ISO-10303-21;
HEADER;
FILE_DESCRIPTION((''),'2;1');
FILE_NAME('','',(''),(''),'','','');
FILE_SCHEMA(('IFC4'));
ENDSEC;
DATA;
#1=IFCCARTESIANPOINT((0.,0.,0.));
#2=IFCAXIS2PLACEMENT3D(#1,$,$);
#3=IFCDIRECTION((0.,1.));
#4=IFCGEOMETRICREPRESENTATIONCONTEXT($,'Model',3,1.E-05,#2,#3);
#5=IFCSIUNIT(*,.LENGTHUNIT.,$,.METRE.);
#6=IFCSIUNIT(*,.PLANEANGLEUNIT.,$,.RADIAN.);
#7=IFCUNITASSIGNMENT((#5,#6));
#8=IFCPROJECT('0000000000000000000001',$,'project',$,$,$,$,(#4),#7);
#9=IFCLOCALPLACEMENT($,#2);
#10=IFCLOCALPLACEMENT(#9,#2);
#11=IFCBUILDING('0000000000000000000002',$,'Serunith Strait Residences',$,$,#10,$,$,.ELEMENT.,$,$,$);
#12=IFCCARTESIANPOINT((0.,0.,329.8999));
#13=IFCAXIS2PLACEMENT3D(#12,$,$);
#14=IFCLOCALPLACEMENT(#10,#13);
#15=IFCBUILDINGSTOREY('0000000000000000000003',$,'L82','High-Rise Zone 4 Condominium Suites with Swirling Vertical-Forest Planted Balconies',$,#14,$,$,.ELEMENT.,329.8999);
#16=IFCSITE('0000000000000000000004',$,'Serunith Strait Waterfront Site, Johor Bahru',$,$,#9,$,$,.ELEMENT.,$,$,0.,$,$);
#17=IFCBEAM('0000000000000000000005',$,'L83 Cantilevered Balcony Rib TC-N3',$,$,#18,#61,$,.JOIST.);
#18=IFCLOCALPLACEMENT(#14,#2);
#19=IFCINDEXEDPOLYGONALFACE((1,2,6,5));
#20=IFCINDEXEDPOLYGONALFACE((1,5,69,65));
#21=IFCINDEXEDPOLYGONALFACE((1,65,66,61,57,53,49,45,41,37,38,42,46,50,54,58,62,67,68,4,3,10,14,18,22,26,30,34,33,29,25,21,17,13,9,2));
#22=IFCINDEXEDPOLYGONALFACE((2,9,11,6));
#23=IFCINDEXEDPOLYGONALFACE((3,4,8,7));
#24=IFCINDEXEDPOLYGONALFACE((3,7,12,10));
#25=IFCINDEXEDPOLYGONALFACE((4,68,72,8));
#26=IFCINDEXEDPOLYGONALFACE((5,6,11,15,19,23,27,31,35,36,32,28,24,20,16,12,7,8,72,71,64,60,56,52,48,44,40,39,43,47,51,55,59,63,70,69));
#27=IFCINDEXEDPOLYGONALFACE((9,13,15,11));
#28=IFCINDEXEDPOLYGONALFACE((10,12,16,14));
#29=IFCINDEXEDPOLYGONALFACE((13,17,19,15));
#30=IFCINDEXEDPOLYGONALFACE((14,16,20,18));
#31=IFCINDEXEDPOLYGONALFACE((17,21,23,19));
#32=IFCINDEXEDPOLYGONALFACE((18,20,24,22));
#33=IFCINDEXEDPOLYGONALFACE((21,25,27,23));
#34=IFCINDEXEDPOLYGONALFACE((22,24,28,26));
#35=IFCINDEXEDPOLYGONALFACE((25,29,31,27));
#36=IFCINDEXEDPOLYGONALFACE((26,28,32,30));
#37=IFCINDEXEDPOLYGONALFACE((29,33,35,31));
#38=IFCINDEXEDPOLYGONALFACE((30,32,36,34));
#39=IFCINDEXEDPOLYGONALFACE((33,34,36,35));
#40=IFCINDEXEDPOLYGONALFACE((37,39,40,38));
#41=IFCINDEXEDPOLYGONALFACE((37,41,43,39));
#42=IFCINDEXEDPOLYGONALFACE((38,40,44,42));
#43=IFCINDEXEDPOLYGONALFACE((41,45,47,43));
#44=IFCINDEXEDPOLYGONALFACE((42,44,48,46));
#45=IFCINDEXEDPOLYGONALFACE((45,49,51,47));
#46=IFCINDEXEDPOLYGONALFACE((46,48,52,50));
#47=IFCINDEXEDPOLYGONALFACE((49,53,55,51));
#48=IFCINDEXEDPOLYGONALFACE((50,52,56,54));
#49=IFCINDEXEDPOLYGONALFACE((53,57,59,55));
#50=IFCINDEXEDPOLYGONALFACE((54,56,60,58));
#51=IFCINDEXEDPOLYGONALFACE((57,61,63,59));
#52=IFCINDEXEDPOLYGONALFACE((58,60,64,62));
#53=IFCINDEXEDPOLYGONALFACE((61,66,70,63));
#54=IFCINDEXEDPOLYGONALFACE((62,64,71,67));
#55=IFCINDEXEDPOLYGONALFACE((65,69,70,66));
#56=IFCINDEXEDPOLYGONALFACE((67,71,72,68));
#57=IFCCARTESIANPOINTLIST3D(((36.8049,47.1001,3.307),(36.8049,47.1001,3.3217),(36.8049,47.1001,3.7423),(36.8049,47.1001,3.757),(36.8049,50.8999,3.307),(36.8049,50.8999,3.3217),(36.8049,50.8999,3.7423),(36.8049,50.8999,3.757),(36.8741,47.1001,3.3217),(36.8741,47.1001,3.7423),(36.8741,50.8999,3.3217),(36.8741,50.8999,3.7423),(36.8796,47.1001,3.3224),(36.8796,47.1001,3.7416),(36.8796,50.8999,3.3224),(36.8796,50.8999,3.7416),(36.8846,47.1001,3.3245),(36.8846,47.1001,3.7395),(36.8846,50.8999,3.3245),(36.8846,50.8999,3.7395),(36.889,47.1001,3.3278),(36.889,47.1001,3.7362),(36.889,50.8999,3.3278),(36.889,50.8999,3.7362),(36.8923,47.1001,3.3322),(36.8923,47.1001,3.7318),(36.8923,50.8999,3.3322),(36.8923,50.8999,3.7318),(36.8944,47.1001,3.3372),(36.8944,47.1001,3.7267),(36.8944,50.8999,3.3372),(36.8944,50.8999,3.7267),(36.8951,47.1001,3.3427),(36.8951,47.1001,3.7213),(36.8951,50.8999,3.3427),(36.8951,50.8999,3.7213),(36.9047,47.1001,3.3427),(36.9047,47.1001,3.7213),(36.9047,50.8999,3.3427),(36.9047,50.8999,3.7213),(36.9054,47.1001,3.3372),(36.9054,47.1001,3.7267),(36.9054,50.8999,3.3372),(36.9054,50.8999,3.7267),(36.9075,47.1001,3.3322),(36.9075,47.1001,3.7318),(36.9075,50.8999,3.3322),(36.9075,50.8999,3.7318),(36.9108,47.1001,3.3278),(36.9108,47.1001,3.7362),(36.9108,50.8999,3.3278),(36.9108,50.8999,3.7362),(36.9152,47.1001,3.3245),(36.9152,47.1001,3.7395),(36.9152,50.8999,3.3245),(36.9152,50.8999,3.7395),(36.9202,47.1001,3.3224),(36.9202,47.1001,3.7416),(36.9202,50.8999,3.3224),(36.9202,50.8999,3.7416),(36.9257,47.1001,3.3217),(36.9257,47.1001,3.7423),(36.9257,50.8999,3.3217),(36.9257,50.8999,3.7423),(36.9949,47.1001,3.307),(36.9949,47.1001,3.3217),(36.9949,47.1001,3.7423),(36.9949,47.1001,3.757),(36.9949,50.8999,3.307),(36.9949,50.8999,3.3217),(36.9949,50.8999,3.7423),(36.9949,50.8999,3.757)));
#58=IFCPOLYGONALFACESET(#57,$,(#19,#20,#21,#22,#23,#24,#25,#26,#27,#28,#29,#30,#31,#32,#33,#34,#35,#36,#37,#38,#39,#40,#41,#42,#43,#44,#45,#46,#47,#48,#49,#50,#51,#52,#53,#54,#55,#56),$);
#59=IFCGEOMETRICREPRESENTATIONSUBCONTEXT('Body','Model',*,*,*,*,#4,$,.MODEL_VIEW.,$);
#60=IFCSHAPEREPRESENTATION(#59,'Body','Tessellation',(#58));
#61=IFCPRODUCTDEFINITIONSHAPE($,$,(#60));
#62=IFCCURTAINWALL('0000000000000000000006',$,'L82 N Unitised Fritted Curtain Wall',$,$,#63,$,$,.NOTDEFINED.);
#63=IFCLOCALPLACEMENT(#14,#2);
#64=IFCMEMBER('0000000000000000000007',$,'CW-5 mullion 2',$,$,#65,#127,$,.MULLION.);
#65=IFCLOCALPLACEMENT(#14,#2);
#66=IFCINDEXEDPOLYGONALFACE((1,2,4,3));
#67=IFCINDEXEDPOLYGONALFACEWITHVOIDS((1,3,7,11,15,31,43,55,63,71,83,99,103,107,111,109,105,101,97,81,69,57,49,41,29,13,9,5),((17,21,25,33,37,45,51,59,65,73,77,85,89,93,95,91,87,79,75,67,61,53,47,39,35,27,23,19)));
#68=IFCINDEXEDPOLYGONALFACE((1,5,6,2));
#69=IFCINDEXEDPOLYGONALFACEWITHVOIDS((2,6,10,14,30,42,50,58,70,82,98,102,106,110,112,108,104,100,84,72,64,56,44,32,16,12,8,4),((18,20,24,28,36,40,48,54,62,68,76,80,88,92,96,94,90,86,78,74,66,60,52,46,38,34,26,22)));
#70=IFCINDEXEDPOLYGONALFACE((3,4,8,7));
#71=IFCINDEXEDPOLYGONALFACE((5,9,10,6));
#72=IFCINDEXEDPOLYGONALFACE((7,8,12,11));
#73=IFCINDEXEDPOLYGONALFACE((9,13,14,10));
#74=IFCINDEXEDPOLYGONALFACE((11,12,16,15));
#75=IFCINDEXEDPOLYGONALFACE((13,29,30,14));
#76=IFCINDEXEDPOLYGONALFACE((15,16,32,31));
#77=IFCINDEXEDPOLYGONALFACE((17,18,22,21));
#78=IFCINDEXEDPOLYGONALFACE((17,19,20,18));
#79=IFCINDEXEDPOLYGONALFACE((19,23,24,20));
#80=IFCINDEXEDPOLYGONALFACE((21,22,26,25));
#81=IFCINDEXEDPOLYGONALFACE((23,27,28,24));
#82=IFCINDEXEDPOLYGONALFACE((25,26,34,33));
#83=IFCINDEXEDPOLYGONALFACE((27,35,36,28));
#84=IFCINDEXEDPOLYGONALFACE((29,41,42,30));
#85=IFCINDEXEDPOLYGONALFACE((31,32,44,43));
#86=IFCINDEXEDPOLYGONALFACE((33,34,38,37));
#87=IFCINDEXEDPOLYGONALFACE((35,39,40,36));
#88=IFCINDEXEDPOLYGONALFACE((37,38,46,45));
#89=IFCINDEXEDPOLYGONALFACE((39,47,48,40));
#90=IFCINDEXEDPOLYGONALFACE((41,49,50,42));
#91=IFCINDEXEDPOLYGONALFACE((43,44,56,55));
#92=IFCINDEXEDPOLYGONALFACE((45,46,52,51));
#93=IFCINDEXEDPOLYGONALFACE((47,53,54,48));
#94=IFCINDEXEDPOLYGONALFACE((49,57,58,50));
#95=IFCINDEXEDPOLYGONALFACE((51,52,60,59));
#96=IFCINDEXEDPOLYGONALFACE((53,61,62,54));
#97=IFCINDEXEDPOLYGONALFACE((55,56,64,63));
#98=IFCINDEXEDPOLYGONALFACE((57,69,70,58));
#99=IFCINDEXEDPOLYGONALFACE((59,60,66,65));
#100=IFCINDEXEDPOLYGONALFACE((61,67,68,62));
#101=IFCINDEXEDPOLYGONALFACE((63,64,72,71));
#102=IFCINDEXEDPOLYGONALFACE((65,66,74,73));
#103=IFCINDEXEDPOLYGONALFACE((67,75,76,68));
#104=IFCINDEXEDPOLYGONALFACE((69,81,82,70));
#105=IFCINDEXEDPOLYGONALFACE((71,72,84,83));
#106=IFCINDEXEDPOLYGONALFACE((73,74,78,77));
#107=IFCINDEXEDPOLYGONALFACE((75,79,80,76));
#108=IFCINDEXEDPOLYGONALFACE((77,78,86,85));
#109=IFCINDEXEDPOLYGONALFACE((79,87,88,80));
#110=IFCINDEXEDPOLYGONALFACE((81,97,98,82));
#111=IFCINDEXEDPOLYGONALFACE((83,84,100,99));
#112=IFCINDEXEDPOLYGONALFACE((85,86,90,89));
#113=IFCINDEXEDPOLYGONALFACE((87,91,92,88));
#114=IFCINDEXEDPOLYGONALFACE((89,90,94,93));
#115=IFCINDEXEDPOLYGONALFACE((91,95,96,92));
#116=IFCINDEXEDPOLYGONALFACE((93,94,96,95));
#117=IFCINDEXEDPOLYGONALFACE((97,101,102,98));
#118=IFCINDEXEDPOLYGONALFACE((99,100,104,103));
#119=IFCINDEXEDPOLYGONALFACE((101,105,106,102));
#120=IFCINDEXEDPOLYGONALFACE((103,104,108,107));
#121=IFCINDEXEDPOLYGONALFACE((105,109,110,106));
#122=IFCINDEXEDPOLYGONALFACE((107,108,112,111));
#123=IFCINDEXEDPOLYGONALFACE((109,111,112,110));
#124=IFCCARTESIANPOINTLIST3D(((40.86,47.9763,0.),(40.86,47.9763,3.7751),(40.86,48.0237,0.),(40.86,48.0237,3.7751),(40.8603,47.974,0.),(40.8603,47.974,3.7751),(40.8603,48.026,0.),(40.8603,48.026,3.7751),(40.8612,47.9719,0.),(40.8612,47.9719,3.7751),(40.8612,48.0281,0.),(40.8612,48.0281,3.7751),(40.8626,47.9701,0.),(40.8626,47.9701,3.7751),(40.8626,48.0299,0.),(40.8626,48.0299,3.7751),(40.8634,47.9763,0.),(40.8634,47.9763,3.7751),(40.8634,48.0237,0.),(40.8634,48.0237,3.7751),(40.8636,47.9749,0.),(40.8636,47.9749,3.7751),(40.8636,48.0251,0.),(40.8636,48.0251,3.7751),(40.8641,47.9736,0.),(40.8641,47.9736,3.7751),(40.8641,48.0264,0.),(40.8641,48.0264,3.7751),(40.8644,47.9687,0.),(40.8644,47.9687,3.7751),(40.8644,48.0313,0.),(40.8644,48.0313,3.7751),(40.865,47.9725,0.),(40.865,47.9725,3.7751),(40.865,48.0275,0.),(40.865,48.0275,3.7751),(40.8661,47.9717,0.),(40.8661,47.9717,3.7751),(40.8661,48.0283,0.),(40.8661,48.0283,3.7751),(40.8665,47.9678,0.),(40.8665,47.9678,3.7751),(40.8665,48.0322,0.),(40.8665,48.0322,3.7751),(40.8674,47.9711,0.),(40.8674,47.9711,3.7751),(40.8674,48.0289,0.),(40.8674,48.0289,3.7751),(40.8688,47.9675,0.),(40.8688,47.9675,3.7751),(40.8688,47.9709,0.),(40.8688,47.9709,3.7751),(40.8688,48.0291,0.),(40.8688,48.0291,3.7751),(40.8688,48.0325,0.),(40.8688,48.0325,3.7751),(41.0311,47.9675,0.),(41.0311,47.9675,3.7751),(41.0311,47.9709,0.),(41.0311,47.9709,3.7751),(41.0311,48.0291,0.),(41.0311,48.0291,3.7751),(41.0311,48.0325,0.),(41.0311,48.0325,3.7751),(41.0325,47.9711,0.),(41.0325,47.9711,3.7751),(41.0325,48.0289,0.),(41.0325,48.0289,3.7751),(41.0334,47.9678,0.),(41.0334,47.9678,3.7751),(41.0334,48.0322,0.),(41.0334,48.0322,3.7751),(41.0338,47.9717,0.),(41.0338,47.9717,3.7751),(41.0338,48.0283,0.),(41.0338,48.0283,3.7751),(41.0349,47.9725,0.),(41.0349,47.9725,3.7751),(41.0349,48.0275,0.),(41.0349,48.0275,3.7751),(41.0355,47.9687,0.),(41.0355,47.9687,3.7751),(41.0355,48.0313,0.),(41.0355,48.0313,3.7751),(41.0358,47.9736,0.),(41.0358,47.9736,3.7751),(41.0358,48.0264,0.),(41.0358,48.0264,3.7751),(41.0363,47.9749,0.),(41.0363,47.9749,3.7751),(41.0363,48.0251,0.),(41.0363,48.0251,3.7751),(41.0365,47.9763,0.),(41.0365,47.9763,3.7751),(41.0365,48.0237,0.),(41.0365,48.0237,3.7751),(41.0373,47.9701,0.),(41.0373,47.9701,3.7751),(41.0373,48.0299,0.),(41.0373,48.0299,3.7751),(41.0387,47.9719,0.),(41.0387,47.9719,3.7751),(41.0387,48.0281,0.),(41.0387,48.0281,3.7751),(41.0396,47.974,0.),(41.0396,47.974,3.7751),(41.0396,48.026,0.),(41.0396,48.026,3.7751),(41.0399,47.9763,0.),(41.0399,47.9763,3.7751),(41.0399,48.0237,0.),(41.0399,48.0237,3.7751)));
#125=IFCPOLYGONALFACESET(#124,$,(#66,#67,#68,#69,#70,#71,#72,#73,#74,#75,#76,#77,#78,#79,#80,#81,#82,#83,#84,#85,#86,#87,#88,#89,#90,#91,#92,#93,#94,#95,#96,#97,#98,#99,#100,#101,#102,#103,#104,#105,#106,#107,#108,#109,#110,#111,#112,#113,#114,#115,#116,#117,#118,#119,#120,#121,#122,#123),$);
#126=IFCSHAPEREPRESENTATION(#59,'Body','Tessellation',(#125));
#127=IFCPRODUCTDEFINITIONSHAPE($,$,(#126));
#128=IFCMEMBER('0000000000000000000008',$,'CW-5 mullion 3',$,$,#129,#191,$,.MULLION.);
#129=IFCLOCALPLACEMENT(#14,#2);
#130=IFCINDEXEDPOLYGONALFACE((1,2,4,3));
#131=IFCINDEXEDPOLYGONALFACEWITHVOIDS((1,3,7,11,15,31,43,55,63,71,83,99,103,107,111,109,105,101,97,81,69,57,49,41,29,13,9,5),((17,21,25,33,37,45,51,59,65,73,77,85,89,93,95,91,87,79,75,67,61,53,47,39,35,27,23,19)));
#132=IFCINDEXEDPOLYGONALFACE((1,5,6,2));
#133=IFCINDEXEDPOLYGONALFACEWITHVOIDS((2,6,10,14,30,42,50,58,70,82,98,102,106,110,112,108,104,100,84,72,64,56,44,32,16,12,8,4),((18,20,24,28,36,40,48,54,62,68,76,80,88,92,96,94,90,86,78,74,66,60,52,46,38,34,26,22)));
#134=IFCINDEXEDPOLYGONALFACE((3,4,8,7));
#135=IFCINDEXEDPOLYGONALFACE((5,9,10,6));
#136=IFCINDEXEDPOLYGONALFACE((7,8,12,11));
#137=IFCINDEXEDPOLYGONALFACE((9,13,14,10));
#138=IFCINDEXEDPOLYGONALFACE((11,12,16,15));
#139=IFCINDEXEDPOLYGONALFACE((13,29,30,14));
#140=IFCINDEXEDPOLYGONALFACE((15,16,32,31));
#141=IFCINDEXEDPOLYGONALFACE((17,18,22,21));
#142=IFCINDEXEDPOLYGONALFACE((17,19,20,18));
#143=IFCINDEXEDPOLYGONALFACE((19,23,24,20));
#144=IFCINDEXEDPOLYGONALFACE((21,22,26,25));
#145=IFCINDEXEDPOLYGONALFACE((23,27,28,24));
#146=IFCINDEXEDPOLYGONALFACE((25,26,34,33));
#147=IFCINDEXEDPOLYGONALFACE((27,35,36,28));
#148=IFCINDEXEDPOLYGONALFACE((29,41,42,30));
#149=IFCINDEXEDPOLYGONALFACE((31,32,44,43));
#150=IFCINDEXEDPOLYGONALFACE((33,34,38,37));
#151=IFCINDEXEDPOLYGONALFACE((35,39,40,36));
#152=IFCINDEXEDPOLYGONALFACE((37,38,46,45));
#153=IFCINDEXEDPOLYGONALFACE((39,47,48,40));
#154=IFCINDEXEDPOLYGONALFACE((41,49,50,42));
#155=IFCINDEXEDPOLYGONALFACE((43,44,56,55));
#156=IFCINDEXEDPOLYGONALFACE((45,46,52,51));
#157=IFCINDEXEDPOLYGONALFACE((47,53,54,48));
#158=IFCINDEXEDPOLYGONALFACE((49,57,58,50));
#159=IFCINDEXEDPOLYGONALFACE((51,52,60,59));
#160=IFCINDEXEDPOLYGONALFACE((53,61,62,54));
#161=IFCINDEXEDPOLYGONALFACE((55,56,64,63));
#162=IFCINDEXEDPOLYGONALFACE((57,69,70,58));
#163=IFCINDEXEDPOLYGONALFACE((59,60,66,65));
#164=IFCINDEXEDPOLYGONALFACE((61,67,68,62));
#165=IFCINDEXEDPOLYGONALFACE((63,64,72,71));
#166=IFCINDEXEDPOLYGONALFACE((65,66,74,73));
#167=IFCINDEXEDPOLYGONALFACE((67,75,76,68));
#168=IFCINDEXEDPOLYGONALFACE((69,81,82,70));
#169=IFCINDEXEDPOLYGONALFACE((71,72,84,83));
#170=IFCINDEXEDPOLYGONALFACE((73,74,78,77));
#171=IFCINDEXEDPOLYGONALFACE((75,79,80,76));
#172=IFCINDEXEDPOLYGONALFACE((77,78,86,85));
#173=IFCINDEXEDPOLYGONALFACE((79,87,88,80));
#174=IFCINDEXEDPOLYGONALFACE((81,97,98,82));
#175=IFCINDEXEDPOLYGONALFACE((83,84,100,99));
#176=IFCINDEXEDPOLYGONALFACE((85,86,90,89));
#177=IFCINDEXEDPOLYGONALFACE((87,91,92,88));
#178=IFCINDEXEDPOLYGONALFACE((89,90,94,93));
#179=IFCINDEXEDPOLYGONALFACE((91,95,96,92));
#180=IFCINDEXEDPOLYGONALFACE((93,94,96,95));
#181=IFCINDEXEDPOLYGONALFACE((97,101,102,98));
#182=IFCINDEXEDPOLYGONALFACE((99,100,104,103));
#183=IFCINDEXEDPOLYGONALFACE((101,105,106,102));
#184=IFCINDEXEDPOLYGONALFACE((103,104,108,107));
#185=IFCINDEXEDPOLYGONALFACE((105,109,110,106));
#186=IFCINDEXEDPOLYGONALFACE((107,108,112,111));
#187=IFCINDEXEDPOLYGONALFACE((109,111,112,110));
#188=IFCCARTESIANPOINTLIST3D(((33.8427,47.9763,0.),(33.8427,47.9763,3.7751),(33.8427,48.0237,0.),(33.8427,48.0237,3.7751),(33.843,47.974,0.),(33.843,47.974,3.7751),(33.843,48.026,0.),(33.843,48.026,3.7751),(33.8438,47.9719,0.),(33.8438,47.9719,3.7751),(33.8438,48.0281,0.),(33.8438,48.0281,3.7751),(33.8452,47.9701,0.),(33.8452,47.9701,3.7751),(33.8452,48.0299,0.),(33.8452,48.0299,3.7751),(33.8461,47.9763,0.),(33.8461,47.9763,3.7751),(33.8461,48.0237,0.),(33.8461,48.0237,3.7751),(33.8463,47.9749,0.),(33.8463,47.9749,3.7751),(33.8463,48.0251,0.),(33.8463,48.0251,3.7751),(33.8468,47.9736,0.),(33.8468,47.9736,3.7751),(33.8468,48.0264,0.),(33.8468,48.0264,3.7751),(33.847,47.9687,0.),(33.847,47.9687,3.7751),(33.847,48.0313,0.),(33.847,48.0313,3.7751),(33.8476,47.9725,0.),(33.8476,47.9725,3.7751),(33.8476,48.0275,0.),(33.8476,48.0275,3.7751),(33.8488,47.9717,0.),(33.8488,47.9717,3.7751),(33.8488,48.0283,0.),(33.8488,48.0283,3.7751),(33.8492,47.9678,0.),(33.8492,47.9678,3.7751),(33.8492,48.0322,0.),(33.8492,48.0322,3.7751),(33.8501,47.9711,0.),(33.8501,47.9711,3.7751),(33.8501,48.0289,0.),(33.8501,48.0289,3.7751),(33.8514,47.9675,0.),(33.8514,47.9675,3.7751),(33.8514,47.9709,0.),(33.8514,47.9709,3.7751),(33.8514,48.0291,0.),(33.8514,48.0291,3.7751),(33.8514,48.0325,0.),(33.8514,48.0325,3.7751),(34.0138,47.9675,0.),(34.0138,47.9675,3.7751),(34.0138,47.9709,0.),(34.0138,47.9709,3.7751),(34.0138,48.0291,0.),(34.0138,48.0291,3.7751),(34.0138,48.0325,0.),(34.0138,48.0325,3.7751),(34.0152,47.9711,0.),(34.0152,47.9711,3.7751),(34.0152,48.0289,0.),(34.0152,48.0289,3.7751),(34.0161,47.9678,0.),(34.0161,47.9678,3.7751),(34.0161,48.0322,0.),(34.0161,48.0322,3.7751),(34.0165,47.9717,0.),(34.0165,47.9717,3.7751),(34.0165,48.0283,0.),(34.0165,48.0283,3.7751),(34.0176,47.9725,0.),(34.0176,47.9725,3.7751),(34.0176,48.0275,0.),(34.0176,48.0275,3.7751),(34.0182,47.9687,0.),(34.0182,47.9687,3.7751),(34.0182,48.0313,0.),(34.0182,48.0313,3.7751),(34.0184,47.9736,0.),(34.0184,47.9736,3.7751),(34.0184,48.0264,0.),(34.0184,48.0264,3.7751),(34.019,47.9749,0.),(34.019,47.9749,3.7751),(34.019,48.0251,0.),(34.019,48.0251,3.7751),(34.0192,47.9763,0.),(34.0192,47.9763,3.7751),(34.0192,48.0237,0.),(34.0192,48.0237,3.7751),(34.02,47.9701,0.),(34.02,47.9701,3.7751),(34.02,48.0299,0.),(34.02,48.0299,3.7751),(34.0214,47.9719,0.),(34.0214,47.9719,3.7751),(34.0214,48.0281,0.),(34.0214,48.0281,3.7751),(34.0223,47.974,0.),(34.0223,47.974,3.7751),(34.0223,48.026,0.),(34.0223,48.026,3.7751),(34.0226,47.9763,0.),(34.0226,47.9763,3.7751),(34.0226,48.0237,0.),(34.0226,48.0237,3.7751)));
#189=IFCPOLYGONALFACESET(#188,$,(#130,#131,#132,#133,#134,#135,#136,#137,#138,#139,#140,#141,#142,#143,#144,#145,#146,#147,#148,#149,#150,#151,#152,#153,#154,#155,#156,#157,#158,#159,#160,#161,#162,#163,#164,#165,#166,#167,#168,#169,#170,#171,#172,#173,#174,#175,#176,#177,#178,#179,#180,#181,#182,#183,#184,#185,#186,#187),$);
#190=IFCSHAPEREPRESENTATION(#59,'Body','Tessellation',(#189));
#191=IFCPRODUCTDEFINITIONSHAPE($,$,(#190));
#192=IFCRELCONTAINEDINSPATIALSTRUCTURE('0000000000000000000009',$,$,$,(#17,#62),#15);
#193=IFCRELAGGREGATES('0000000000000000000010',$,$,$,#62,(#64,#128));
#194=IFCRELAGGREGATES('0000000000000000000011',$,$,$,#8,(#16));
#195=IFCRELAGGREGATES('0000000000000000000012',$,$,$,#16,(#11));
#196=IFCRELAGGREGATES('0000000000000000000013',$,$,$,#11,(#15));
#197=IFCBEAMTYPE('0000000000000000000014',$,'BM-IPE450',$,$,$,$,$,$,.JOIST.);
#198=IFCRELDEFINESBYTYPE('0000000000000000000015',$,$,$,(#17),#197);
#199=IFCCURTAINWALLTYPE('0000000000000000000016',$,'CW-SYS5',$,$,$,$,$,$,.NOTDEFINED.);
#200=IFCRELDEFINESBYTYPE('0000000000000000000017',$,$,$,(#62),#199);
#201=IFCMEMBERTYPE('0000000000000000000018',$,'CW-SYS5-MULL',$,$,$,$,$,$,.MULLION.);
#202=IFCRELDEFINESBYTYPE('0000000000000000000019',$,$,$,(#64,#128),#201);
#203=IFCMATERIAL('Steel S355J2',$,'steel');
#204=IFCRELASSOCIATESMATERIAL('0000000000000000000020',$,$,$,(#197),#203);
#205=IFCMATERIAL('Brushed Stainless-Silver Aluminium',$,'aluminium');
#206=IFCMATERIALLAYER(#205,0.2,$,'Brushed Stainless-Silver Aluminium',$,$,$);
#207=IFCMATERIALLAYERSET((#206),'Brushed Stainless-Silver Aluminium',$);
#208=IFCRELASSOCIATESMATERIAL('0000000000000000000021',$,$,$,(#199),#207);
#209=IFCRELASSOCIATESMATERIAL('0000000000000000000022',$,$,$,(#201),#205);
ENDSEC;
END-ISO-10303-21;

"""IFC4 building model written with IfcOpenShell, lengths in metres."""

from ifc_helpers import new_model, si_unit, direction, frame, origin, origin_2d, place, context, subcontext, project, spatial, hollow_rectangle, i_section, extrude, source, transform, mapped, material, layer, layer_set, material_profile, profile_set, type_object, element, aggregate, save


model = new_model("IFC4")

# Units and contexts
model_context = context("Model", 3, precision=1e-05, world=origin(), true_north=direction((0.0, 1.0)))
body_context = subcontext(model_context, "Body", "Model", "MODEL_VIEW")
ifc_project = project(units=[si_unit("LENGTHUNIT", "METRE"), si_unit("PLANEANGLEUNIT", "RADIAN")], contexts=[model_context])

# Site, building, storey
site_placement = place(None, origin())
site = spatial("IfcSite", under=ifc_project, at=site_placement, Name="Serunith Strait Waterfront Site, Johor Bahru", CompositionType="ELEMENT", RefElevation=0.0)
building_placement = place(site_placement, origin())
building = spatial("IfcBuilding", under=site, at=building_placement, Name="Serunith Strait Residences", CompositionType="ELEMENT")
storey_placement = place(building_placement, frame((0.0, 0.0, 329.8999)))
storey = spatial("IfcBuildingStorey", under=building, at=storey_placement, Name="L82", Description="High-Rise Zone 4 Condominium Suites with Swirling Vertical-Forest Planted Balconies", CompositionType="ELEMENT", Elevation=329.8999)

# Beam
ifc_material_1 = material(Name="Steel S355J2", Category="steel")
ifc_material_profile_1 = material_profile(ifc_material_1, i_section(OverallWidth=0.1899, OverallDepth=0.45, WebThickness=0.0095, FlangeThickness=0.0146, FilletRadius=0.021, at=origin_2d()), Name="IPE 450")
ifc_profile_set_1 = profile_set([ifc_material_profile_1], Name="Steel S355J2")
beam_type_1 = type_object("IfcBeamType", Name="BM-IPE450", PredefinedType="JOIST", material=ifc_profile_set_1)
shared_shape_1 = source(origin(), body_context, "Body", "SweptSolid", [
    extrude(i_section(OverallWidth=0.1899, OverallDepth=0.45, WebThickness=0.0095, FlangeThickness=0.0146, FilletRadius=0.021, at=origin_2d()), origin(), (0.0, 0.0, 1.0), 3.7998),
])
beam_1_placement = place(storey_placement, frame((36.8999, 47.1001, 3.532), z_axis=(0.0, 1.0, 0.0), x_axis=(-1.0, 0.0, 0.0)))
element("IfcBeam", 1, at=beam_1_placement, inside=storey, type_object=beam_type_1, Name="L83 Cantilevered Balcony Rib TC-N3", PredefinedType="JOIST", context=body_context, shape_type="MappedRepresentation", body=[
    mapped(shared_shape_1, transform((0.0, 0.0, 0.0), scale=1.0)),
])

# Curtain wall, members
ifc_material_2 = material(Name="Brushed Stainless-Silver Aluminium", Category="aluminium")
ifc_layer_1 = layer(ifc_material_2, 0.2, Name="Brushed Stainless-Silver Aluminium")
ifc_layer_set_1 = layer_set([ifc_layer_1], Name="Brushed Stainless-Silver Aluminium")
curtain_wall_type = type_object("IfcCurtainWallType", Name="CW-SYS5", PredefinedType="NOTDEFINED", material=ifc_layer_set_1)
curtain_wall_placement = place(storey_placement, origin())
curtain_wall = element("IfcCurtainWall", 2, at=curtain_wall_placement, inside=storey, type_object=curtain_wall_type, Name="L82 N Unitised Fritted Curtain Wall", PredefinedType="NOTDEFINED")
ifc_material_profile_2 = material_profile(ifc_material_2, hollow_rectangle(XDim=0.0649, YDim=0.1799, WallThickness=0.0034, InnerFilletRadius=0.0054, OuterFilletRadius=0.0088, at=origin_2d()), Name="ALU 180x65x3.5")
ifc_profile_set_2 = profile_set([ifc_material_profile_2], Name="Brushed Stainless-Silver Aluminium")
member_type_1 = type_object("IfcMemberType", Name="CW-SYS5-MULL", PredefinedType="MULLION", material=ifc_profile_set_2)
shared_shape_2 = source(origin(), body_context, "Body", "SweptSolid", [
    extrude(hollow_rectangle(XDim=0.0649, YDim=0.1799, WallThickness=0.0034, InnerFilletRadius=0.0054, OuterFilletRadius=0.0088, at=origin_2d()), origin(), (0.0, 0.0, 1.0), 3.7751),
])
member_1_placement = place(storey_placement, frame((40.95, 48.0, 0.0), z_axis=(0.0, 0.0, 1.0), x_axis=(0.0, -1.0, 0.0)))
member_1 = element("IfcMember", 3, at=member_1_placement, type_object=member_type_1, Name="CW-5 mullion 2", PredefinedType="MULLION", context=body_context, shape_type="MappedRepresentation", body=[
    mapped(shared_shape_2, transform((0.0, 0.0, 0.0), scale=1.0)),
])
member_2_placement = place(storey_placement, frame((33.9326, 48.0, 0.0), z_axis=(0.0, 0.0, 1.0), x_axis=(0.0, -1.0, 0.0)))
member_2 = element("IfcMember", 4, at=member_2_placement, type_object=member_type_1, Name="CW-5 mullion 3", PredefinedType="MULLION", context=body_context, shape_type="MappedRepresentation", body=[
    mapped(shared_shape_2, transform((0.0, 0.0, 0.0), scale=1.0)),
])
aggregate(curtain_wall, [member_1, member_2])

save(model, "model.ifc")
